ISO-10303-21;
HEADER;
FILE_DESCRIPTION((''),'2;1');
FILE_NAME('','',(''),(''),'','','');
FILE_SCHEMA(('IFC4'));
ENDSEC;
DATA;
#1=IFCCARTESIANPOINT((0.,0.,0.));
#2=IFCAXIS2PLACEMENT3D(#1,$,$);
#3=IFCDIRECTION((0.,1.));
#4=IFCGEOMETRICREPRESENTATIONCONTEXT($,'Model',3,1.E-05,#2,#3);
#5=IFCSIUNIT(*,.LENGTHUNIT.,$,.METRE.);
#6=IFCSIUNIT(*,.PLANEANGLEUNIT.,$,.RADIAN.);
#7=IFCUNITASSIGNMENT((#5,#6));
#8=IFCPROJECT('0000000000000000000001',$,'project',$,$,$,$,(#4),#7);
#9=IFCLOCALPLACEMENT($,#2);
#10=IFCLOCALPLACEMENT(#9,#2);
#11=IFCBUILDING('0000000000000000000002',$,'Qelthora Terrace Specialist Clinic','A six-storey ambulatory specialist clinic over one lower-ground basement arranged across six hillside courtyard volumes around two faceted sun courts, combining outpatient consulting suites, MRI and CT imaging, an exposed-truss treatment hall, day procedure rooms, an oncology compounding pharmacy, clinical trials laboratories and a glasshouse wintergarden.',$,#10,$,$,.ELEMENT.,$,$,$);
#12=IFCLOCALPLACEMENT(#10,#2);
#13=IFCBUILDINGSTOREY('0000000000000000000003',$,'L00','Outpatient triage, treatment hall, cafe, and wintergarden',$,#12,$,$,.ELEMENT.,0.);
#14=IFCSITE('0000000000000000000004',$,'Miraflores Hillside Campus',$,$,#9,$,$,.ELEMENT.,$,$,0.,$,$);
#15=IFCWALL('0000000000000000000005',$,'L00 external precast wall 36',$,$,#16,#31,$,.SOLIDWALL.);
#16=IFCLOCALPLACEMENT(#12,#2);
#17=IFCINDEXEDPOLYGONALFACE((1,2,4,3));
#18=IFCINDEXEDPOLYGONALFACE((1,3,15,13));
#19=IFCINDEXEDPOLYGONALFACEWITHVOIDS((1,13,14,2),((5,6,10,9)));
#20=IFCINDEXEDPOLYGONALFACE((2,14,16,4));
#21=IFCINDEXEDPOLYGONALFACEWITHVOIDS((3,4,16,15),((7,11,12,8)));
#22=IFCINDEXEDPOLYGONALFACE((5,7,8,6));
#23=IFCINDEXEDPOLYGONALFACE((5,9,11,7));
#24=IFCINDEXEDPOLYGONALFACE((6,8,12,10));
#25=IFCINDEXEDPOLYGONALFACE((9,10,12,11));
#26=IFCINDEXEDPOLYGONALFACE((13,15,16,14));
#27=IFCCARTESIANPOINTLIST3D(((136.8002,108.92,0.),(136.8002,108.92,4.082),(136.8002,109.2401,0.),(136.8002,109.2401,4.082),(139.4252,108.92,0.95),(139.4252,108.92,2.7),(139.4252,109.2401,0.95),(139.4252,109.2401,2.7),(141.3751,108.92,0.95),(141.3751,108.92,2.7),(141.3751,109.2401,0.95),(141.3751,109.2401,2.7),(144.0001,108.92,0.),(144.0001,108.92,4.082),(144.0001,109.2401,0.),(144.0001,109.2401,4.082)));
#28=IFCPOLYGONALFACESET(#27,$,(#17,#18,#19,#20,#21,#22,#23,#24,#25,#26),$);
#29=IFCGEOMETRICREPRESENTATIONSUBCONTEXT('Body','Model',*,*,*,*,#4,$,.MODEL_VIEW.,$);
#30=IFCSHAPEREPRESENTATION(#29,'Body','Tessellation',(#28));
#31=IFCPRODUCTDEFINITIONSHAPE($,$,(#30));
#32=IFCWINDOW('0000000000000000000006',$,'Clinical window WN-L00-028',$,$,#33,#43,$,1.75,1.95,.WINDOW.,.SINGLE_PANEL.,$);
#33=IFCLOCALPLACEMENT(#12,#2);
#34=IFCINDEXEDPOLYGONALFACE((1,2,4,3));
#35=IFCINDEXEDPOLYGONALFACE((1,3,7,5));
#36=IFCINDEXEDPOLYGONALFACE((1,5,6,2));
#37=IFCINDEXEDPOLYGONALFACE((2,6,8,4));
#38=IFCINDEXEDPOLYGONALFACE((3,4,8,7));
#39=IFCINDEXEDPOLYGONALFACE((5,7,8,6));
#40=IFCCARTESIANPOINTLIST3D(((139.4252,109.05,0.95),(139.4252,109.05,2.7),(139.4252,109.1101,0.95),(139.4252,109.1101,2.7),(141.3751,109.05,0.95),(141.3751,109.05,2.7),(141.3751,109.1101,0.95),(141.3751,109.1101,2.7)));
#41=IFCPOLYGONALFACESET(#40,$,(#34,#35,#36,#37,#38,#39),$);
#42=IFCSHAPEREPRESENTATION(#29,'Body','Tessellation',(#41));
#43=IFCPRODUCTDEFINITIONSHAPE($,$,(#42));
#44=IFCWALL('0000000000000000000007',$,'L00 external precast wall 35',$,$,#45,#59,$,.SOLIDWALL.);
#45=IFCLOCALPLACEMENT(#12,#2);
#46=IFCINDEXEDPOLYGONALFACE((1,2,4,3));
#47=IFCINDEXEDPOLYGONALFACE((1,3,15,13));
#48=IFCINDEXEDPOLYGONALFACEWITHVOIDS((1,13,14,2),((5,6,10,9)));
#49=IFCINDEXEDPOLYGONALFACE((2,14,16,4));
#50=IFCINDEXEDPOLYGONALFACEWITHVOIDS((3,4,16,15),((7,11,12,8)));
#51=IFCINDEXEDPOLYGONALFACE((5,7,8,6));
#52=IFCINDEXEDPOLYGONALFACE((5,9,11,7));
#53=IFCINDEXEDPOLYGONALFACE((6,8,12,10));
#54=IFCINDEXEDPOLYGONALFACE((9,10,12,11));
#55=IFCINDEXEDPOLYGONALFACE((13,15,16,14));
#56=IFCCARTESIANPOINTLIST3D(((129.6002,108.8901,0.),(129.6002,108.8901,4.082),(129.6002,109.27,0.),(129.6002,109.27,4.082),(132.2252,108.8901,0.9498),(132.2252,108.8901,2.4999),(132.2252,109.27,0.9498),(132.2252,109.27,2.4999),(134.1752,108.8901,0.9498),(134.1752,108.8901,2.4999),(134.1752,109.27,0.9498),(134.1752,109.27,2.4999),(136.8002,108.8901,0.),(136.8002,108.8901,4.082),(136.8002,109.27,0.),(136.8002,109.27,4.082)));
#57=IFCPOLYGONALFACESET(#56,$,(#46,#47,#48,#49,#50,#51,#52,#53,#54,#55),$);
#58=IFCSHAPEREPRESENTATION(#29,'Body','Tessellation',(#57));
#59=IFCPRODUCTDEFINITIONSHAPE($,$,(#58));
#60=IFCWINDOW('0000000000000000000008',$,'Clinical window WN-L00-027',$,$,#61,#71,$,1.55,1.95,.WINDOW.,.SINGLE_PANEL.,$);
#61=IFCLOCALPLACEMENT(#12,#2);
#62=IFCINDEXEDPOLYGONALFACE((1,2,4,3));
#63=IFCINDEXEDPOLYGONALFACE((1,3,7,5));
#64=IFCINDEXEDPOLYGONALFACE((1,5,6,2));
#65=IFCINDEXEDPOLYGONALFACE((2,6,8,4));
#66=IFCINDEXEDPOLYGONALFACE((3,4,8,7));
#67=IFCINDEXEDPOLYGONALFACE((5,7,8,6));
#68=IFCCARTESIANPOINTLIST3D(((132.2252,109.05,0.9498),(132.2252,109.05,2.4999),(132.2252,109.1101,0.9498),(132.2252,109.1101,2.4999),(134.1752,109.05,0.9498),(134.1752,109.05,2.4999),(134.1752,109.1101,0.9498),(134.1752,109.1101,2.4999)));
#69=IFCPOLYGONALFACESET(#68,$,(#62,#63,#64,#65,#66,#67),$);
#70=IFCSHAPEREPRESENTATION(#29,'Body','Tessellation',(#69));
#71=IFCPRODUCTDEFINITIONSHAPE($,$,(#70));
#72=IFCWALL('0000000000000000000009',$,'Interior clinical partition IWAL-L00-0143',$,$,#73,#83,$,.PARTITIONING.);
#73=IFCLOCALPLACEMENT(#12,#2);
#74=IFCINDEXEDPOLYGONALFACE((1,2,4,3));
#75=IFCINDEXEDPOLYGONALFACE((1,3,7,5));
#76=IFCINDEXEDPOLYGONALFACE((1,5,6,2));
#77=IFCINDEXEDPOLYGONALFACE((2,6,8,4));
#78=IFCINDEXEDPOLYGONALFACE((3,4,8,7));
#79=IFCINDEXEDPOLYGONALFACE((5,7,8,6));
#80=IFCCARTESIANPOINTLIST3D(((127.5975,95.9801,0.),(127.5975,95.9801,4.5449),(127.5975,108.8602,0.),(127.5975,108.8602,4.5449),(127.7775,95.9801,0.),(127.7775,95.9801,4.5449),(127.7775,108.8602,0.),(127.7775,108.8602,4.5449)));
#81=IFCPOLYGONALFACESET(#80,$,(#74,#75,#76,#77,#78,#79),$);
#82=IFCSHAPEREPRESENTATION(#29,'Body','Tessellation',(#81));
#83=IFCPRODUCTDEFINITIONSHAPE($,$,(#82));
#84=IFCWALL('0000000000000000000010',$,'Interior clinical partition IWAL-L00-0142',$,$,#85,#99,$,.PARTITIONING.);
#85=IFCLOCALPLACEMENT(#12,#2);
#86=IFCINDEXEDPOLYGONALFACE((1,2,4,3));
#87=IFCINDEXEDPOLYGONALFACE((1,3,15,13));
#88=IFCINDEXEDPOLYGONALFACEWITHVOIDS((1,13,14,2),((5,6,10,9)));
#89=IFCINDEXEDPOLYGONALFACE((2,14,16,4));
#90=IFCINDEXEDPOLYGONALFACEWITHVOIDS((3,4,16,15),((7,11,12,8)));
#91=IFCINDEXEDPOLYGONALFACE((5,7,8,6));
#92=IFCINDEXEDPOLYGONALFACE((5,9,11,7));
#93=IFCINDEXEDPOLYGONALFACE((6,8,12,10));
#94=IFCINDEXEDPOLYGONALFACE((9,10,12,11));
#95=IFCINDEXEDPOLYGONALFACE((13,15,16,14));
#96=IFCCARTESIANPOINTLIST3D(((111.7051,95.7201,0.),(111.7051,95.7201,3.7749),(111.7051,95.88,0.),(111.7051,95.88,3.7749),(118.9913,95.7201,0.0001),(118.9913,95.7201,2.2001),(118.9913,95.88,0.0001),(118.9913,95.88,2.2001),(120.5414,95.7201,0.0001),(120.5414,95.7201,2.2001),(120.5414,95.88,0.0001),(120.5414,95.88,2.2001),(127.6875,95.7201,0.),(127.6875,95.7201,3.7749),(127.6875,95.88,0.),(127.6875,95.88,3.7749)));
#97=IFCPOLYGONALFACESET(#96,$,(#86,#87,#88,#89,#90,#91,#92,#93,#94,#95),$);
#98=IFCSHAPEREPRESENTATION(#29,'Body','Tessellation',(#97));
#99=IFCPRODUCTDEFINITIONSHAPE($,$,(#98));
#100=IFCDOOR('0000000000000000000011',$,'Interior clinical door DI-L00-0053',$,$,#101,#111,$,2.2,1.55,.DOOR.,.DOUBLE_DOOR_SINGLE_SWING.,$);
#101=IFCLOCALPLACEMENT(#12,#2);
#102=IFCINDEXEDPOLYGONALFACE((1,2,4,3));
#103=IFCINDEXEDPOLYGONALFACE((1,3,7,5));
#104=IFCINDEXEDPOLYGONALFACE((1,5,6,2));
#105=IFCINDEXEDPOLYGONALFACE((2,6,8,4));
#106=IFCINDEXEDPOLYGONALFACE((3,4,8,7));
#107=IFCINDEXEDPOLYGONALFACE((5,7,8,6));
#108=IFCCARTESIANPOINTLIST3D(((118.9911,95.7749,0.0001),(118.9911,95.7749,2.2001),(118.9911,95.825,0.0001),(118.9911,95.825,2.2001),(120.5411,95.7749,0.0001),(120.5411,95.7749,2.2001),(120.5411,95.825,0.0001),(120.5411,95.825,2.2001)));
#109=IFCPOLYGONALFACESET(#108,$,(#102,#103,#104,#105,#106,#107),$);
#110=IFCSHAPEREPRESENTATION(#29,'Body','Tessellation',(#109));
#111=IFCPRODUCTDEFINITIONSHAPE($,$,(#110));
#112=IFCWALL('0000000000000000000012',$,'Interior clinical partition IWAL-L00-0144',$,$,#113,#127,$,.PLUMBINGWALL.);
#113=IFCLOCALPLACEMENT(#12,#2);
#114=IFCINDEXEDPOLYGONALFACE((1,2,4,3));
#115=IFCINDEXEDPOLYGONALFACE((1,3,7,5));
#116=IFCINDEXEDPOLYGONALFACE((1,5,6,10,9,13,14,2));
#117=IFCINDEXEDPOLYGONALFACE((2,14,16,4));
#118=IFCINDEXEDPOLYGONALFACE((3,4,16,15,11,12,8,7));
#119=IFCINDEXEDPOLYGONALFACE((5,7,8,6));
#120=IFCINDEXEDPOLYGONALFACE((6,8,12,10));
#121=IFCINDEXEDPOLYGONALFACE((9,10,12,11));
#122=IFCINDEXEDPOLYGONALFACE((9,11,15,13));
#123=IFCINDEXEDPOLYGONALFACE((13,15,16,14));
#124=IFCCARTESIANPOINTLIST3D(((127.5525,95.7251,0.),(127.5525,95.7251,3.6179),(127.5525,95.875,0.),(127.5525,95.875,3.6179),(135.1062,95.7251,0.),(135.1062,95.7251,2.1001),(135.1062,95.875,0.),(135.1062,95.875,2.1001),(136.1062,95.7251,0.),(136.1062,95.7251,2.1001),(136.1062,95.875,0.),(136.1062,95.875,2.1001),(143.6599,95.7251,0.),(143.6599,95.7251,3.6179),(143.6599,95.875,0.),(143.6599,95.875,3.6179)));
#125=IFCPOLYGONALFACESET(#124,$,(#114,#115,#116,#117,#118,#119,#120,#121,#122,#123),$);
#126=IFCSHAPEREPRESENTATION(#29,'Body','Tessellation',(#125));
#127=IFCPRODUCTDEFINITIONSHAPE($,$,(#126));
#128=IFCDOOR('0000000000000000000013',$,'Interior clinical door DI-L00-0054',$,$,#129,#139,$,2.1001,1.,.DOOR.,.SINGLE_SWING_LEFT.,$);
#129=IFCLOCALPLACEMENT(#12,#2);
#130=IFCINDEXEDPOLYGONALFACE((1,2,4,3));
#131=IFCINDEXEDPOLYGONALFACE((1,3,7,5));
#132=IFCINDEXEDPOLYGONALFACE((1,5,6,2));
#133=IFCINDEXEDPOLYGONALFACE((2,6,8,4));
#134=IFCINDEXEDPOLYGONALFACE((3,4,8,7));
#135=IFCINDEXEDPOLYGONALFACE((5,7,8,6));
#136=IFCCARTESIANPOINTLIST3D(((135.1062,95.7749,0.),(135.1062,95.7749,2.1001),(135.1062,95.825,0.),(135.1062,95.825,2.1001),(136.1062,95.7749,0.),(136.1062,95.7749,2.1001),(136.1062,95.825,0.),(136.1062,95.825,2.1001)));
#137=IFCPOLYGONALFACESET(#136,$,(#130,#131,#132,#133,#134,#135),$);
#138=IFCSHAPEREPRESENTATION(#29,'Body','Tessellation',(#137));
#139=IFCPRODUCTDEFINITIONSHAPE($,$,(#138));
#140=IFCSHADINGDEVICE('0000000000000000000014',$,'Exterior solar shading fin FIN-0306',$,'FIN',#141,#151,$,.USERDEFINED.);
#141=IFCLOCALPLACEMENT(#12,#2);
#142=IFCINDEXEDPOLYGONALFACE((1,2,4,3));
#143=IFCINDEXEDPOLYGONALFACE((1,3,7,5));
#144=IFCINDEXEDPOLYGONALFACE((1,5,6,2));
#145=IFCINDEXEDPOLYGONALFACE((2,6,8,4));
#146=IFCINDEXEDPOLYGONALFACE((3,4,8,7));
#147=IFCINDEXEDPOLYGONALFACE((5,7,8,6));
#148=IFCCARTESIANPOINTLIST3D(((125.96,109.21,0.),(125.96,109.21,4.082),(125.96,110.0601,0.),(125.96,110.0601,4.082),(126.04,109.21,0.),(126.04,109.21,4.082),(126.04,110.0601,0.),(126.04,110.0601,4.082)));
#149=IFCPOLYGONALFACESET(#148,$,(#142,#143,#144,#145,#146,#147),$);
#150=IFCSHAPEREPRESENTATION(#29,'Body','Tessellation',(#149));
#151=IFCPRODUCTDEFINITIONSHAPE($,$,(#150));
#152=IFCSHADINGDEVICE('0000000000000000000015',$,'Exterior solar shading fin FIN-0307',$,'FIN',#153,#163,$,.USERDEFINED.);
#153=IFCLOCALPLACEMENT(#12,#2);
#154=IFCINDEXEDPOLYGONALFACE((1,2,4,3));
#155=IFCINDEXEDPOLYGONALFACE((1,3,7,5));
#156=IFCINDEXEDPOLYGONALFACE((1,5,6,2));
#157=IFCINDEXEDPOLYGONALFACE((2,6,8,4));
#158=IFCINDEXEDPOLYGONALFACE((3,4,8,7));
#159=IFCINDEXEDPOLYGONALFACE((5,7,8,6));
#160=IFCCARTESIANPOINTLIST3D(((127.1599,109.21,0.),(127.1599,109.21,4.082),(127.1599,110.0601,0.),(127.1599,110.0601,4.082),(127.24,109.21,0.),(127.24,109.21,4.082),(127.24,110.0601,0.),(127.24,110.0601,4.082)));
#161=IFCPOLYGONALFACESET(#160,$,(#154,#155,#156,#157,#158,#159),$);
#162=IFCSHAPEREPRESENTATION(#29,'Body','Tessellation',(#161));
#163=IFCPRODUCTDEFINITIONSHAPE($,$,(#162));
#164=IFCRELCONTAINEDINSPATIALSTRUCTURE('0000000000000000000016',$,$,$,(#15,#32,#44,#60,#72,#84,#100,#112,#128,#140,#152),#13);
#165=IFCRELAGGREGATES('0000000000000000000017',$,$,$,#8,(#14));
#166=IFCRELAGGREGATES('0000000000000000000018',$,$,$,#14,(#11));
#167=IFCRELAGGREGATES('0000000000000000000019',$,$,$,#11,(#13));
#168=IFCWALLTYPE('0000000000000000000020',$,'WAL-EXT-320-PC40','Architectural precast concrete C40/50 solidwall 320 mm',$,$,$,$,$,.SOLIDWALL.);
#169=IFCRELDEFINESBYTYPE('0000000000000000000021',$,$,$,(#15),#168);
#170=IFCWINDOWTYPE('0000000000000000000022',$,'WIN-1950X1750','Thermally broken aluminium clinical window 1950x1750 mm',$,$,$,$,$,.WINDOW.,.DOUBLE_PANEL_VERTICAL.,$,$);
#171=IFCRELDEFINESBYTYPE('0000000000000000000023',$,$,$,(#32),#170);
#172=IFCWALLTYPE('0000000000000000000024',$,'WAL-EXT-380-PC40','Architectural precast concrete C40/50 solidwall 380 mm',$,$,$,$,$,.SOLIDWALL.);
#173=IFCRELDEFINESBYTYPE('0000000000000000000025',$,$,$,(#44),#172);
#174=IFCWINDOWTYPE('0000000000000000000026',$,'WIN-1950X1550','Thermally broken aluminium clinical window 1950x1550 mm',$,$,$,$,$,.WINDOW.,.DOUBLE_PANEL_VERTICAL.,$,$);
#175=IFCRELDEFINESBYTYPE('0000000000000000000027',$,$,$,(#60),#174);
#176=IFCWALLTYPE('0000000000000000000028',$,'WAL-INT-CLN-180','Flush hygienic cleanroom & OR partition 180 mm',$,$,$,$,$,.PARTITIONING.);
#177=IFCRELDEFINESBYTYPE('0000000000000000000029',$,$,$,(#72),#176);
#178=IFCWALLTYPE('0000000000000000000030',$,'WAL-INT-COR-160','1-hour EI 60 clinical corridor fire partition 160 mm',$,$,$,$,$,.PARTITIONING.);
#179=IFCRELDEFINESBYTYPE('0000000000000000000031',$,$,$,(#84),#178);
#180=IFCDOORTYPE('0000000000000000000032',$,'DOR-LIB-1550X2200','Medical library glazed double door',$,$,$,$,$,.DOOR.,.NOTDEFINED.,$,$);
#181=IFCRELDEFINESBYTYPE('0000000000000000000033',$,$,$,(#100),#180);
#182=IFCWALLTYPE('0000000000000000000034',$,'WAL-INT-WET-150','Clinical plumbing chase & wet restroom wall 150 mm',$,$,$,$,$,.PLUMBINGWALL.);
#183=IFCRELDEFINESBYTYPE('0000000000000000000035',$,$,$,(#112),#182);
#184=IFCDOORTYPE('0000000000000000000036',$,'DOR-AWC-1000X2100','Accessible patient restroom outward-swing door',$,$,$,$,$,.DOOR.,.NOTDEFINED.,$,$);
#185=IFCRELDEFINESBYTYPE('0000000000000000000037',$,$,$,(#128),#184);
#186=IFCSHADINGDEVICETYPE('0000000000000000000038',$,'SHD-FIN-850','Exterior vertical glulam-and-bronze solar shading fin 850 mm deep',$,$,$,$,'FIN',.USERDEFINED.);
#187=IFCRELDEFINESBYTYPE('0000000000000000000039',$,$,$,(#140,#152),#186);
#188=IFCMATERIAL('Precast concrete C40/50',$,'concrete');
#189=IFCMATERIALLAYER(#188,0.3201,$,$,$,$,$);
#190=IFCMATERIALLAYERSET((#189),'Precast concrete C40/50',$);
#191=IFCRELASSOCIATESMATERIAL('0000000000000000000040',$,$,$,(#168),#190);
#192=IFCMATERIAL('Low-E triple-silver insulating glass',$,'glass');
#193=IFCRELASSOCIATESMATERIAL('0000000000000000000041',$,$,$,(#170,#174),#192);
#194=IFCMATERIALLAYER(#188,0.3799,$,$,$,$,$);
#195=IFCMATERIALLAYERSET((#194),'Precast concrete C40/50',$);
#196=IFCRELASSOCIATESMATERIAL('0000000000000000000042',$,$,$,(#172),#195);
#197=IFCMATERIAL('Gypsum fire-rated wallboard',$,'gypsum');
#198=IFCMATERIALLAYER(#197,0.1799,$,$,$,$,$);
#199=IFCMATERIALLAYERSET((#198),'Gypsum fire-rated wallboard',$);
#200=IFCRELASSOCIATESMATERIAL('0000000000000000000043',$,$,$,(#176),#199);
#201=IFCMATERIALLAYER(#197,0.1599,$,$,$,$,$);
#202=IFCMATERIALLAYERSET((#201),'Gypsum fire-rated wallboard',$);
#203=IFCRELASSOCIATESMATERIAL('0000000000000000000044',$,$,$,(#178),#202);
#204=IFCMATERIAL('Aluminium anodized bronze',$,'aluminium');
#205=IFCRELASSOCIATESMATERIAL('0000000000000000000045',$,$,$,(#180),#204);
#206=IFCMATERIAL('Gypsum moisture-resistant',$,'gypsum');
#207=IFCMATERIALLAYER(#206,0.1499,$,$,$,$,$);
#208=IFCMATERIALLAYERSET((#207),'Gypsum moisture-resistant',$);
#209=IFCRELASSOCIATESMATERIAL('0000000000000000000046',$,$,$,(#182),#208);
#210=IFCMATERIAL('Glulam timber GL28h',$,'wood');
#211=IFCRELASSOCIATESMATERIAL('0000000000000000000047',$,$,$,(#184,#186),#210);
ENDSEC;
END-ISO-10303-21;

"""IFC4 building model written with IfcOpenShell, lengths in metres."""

from ifc_helpers import new_model, si_unit, direction, frame, frame_2d, origin, origin_2d, place, context, subcontext, project, spatial, rectangle, extrude, material, layer, layer_set, type_object, element, fill, save


model = new_model("IFC4")

# Units and contexts
model_context = context("Model", 3, precision=1e-05, world=origin(), true_north=direction((0.0, 1.0)))
body_context = subcontext(model_context, "Body", "Model", "MODEL_VIEW")
ifc_project = project(units=[si_unit("LENGTHUNIT", "METRE"), si_unit("PLANEANGLEUNIT", "RADIAN")], contexts=[model_context])

# Site, building, storey
site_placement = place(None, origin())
site = spatial("IfcSite", under=ifc_project, at=site_placement, Name="Miraflores Hillside Campus", CompositionType="ELEMENT", RefElevation=0.0)
building_placement = place(site_placement, origin())
building = spatial("IfcBuilding", under=site, at=building_placement, Name="Qelthora Terrace Specialist Clinic", Description="A six-storey ambulatory specialist clinic over one lower-ground basement arranged across six hillside courtyard volumes around two faceted sun courts, combining outpatient consulting suites, MRI and CT imaging, an exposed-truss treatment hall, day procedure rooms, an oncology compounding pharmacy, clinical trials laboratories and a glasshouse wintergarden.", CompositionType="ELEMENT")
storey_placement = place(building_placement, origin())
storey = spatial("IfcBuildingStorey", under=building, at=storey_placement, Name="L00", Description="Outpatient triage, treatment hall, cafe, and wintergarden", CompositionType="ELEMENT", Elevation=0.0)

# Walls, openings, windows
ifc_material_1 = material(Name="Precast concrete C40/50", Category="concrete")
ifc_material_2 = material(Name="Low-E triple-silver insulating glass", Category="glass")
ifc_layer_1 = layer(ifc_material_1, 0.3201)
ifc_layer_set_1 = layer_set([ifc_layer_1], Name="Precast concrete C40/50")
wall_type_1 = type_object("IfcWallType", Name="WAL-EXT-320-PC40", Description="Architectural precast concrete C40/50 solidwall 320 mm", PredefinedType="SOLIDWALL", material=ifc_layer_set_1)
wall_1_placement = place(storey_placement, frame((136.8, 109.0801, 0.0), z_axis=(0.0, 0.0, 1.0), x_axis=(1.0, 0.0, 0.0)))
wall_1 = element("IfcWall", 1, at=wall_1_placement, inside=storey, type_object=wall_type_1, Name="L00 external precast wall 36", PredefinedType="SOLIDWALL", context=body_context, shape_type="SweptSolid", body=[
    extrude(rectangle(XDim=7.2, YDim=0.3201, at=frame_2d((3.6001, 0.0))), origin(), (0.0, 0.0, 1.0), 4.082),
])
opening_1_placement = place(wall_1_placement, frame((2.625, 0.0, 0.95)))
opening_1 = element("IfcOpeningElement", 2, at=opening_1_placement, cuts=wall_1, PredefinedType="OPENING", context=body_context, shape_type="SweptSolid", body=[
    extrude(rectangle(XDim=1.95, YDim=1.75, at=frame_2d((0.9751, 0.875))), frame((0.0, 0.1699, 0.0), z_axis=(0.0, -1.0, 0.0), x_axis=(1.0, 0.0, 0.0)), (0.0, 0.0, 1.0), 0.3401),
])
window_type_1 = type_object("IfcWindowType", Name="WIN-1950X1750", Description="Thermally broken aluminium clinical window 1950x1750 mm", PartitioningType="DOUBLE_PANEL_VERTICAL", PredefinedType="WINDOW", material=ifc_material_2)
window_1_placement = place(opening_1_placement, origin())
window_1 = element("IfcWindow", 3, at=window_1_placement, inside=storey, type_object=window_type_1, Name="Clinical window WN-L00-028", OverallHeight=1.75, OverallWidth=1.95, PartitioningType="SINGLE_PANEL", PredefinedType="WINDOW", context=body_context, shape_type="SweptSolid", body=[
    extrude(rectangle(XDim=1.95, YDim=1.75, at=frame_2d((0.9751, 0.875))), frame((0.0, 0.03, 0.0), z_axis=(0.0, -1.0, 0.0), x_axis=(1.0, 0.0, 0.0)), (0.0, 0.0, 1.0), 0.0601),
])
fill(opening_1, window_1)
ifc_layer_2 = layer(ifc_material_1, 0.3799)
ifc_layer_set_2 = layer_set([ifc_layer_2], Name="Precast concrete C40/50")
wall_type_2 = type_object("IfcWallType", Name="WAL-EXT-380-PC40", Description="Architectural precast concrete C40/50 solidwall 380 mm", PredefinedType="SOLIDWALL", material=ifc_layer_set_2)
wall_2_placement = place(storey_placement, frame((129.6001, 109.0801, 0.0), z_axis=(0.0, 0.0, 1.0), x_axis=(1.0, 0.0, 0.0)))
wall_2 = element("IfcWall", 4, at=wall_2_placement, inside=storey, type_object=wall_type_2, Name="L00 external precast wall 35", PredefinedType="SOLIDWALL", context=body_context, shape_type="SweptSolid", body=[
    extrude(rectangle(XDim=7.2, YDim=0.3799, at=frame_2d((3.6001, 0.0))), origin(), (0.0, 0.0, 1.0), 4.082),
])
opening_2_placement = place(wall_2_placement, frame((2.625, 0.0, 0.95)))
opening_2 = element("IfcOpeningElement", 5, at=opening_2_placement, cuts=wall_2, PredefinedType="OPENING", context=body_context, shape_type="SweptSolid", body=[
    extrude(rectangle(XDim=1.95, YDim=1.55, at=frame_2d((0.9751, 0.7749))), frame((0.0, 0.2, 0.0), z_axis=(0.0, -1.0, 0.0), x_axis=(1.0, 0.0, 0.0)), (0.0, 0.0, 1.0), 0.3999),
])
window_type_2 = type_object("IfcWindowType", Name="WIN-1950X1550", Description="Thermally broken aluminium clinical window 1950x1550 mm", PartitioningType="DOUBLE_PANEL_VERTICAL", PredefinedType="WINDOW", material=ifc_material_2)
window_2_placement = place(opening_2_placement, origin())
window_2 = element("IfcWindow", 6, at=window_2_placement, inside=storey, type_object=window_type_2, Name="Clinical window WN-L00-027", OverallHeight=1.55, OverallWidth=1.95, PartitioningType="SINGLE_PANEL", PredefinedType="WINDOW", context=body_context, shape_type="SweptSolid", body=[
    extrude(rectangle(XDim=1.95, YDim=1.55, at=frame_2d((0.9751, 0.7749))), frame((0.0, 0.03, 0.0), z_axis=(0.0, -1.0, 0.0), x_axis=(1.0, 0.0, 0.0)), (0.0, 0.0, 1.0), 0.0601),
])
fill(opening_2, window_2)

# Wall
ifc_material_3 = material(Name="Gypsum fire-rated wallboard", Category="gypsum")
ifc_layer_3 = layer(ifc_material_3, 0.1799)
ifc_layer_set_3 = layer_set([ifc_layer_3], Name="Gypsum fire-rated wallboard")
wall_type_3 = type_object("IfcWallType", Name="WAL-INT-CLN-180", Description="Flush hygienic cleanroom & OR partition 180 mm", PredefinedType="PARTITIONING", material=ifc_layer_set_3)
wall_3_placement = place(storey_placement, frame((127.6875, 108.8601, 0.0), z_axis=(0.0, 0.0, 1.0), x_axis=(0.0, -1.0, 0.0)))
element("IfcWall", 7, at=wall_3_placement, inside=storey, type_object=wall_type_3, Name="Interior clinical partition IWAL-L00-0143", PredefinedType="PARTITIONING", context=body_context, shape_type="SweptSolid", body=[
    extrude(rectangle(XDim=12.8801, YDim=0.1799, at=frame_2d((6.4399, 0.0))), origin(), (0.0, 0.0, 1.0), 4.5449),
])

# Walls, openings, doors
ifc_layer_4 = layer(ifc_material_3, 0.1599)
ifc_layer_set_4 = layer_set([ifc_layer_4], Name="Gypsum fire-rated wallboard")
wall_type_4 = type_object("IfcWallType", Name="WAL-INT-COR-160", Description="1-hour EI 60 clinical corridor fire partition 160 mm", PredefinedType="PARTITIONING", material=ifc_layer_set_4)
wall_4_placement = place(storey_placement, frame((127.6875, 95.8, 0.0), z_axis=(0.0, 0.0, 1.0), x_axis=(-1.0, 0.0, 0.0)))
wall_4 = element("IfcWall", 8, at=wall_4_placement, inside=storey, type_object=wall_type_4, Name="Interior clinical partition IWAL-L00-0142", PredefinedType="PARTITIONING", context=body_context, shape_type="SweptSolid", body=[
    extrude(rectangle(XDim=15.9824, YDim=0.1599, at=frame_2d((7.9912, 0.0))), origin(), (0.0, 0.0, 1.0), 3.7749),
])
opening_3_placement = place(wall_4_placement, frame((7.1462, 0.0, 0.0)))
opening_3 = element("IfcOpeningElement", 9, at=opening_3_placement, cuts=wall_4, PredefinedType="OPENING", context=body_context, shape_type="SweptSolid", body=[
    extrude(rectangle(XDim=1.55, YDim=2.2, at=frame_2d((0.7749, 1.1001))), frame((0.0, 0.0898, 0.0), z_axis=(0.0, -1.0, 0.0), x_axis=(1.0, 0.0, 0.0)), (0.0, 0.0, 1.0), 0.1799),
])
ifc_material_4 = material(Name="Aluminium anodized bronze", Category="aluminium")
door_type_1 = type_object("IfcDoorType", Name="DOR-LIB-1550X2200", Description="Medical library glazed double door", OperationType="NOTDEFINED", PredefinedType="DOOR", material=ifc_material_4)
door_1_placement = place(opening_3_placement, frame((1.55, 0.0, 0.0), z_axis=(0.0, 0.0, 1.0), x_axis=(-1.0, 0.0, 0.0)))
door_1 = element("IfcDoor", 10, at=door_1_placement, inside=storey, type_object=door_type_1, Name="Interior clinical door DI-L00-0053", OperationType="DOUBLE_DOOR_SINGLE_SWING", OverallHeight=2.2, OverallWidth=1.55, PredefinedType="DOOR", context=body_context, shape_type="SweptSolid", body=[
    extrude(rectangle(XDim=1.55, YDim=2.2, at=frame_2d((0.7749, 1.1001))), frame((0.0, 0.0249, 0.0), z_axis=(0.0, -1.0, 0.0), x_axis=(1.0, 0.0, 0.0)), (0.0, 0.0, 1.0), 0.05),
])
fill(opening_3, door_1)
ifc_material_5 = material(Name="Gypsum moisture-resistant", Category="gypsum")
ifc_layer_5 = layer(ifc_material_5, 0.1499)
ifc_layer_set_5 = layer_set([ifc_layer_5], Name="Gypsum moisture-resistant")
wall_type_5 = type_object("IfcWallType", Name="WAL-INT-WET-150", Description="Clinical plumbing chase & wet restroom wall 150 mm", PredefinedType="PLUMBINGWALL", material=ifc_layer_set_5)
wall_5_placement = place(storey_placement, frame((143.6599, 95.8, 0.0), z_axis=(0.0, 0.0, 1.0), x_axis=(-1.0, 0.0, 0.0)))
wall_5 = element("IfcWall", 11, at=wall_5_placement, inside=storey, type_object=wall_type_5, Name="Interior clinical partition IWAL-L00-0144", PredefinedType="PLUMBINGWALL", context=body_context, shape_type="SweptSolid", body=[
    extrude(rectangle(XDim=16.1074, YDim=0.1499, at=frame_2d((8.0537, 0.0))), origin(), (0.0, 0.0, 1.0), 3.6179),
])
opening_4_placement = place(wall_5_placement, frame((7.5537, 0.0, 0.0)))
opening_4 = element("IfcOpeningElement", 12, at=opening_4_placement, cuts=wall_5, PredefinedType="OPENING", context=body_context, shape_type="SweptSolid", body=[
    extrude(rectangle(XDim=1.0, YDim=2.1001, at=frame_2d((0.5, 1.05))), frame((0.0, 0.085, 0.0), z_axis=(0.0, -1.0, 0.0), x_axis=(1.0, 0.0, 0.0)), (0.0, 0.0, 1.0), 0.1699),
])
ifc_material_6 = material(Name="Glulam timber GL28h", Category="wood")
door_type_2 = type_object("IfcDoorType", Name="DOR-AWC-1000X2100", Description="Accessible patient restroom outward-swing door", OperationType="NOTDEFINED", PredefinedType="DOOR", material=ifc_material_6)
door_2_placement = place(opening_4_placement, frame((1.0, 0.0, 0.0), z_axis=(0.0, 0.0, 1.0), x_axis=(-1.0, 0.0, 0.0)))
door_2 = element("IfcDoor", 13, at=door_2_placement, inside=storey, type_object=door_type_2, Name="Interior clinical door DI-L00-0054", OperationType="SINGLE_SWING_LEFT", OverallHeight=2.1001, OverallWidth=1.0, PredefinedType="DOOR", context=body_context, shape_type="SweptSolid", body=[
    extrude(rectangle(XDim=1.0, YDim=2.1001, at=frame_2d((0.5, 1.05))), frame((0.0, 0.0249, 0.0), z_axis=(0.0, -1.0, 0.0), x_axis=(1.0, 0.0, 0.0)), (0.0, 0.0, 1.0), 0.05),
])
fill(opening_4, door_2)

# Shading devices
shading_device_type = type_object("IfcShadingDeviceType", Name="SHD-FIN-850", Description="Exterior vertical glulam-and-bronze solar shading fin 850 mm deep", ElementType="FIN", PredefinedType="USERDEFINED", material=ifc_material_6)
for number, where, z_axis, x_axis, name in (
    (14, (126.0, 109.635, 0.0), (0.0, 0.0, 1.0), (0.0, 1.0, 0.0), "Exterior solar shading fin FIN-0306"),
    (15, (127.2, 109.635, 0.0), (0.0, 0.0, 1.0), (0.0, 1.0, 0.0), "Exterior solar shading fin FIN-0307"),
):
    element("IfcShadingDevice", number, at=place(storey_placement, frame(where, z_axis=z_axis, x_axis=x_axis)), inside=storey, type_object=shading_device_type, Name=name, ObjectType="FIN", PredefinedType="USERDEFINED", context=body_context, shape_type="SweptSolid", body=[
        extrude(rectangle(XDim=0.8501, YDim=0.0801, at=origin_2d()), origin(), (0.0, 0.0, 1.0), 4.082),
    ])

save(model, "model.ifc")
